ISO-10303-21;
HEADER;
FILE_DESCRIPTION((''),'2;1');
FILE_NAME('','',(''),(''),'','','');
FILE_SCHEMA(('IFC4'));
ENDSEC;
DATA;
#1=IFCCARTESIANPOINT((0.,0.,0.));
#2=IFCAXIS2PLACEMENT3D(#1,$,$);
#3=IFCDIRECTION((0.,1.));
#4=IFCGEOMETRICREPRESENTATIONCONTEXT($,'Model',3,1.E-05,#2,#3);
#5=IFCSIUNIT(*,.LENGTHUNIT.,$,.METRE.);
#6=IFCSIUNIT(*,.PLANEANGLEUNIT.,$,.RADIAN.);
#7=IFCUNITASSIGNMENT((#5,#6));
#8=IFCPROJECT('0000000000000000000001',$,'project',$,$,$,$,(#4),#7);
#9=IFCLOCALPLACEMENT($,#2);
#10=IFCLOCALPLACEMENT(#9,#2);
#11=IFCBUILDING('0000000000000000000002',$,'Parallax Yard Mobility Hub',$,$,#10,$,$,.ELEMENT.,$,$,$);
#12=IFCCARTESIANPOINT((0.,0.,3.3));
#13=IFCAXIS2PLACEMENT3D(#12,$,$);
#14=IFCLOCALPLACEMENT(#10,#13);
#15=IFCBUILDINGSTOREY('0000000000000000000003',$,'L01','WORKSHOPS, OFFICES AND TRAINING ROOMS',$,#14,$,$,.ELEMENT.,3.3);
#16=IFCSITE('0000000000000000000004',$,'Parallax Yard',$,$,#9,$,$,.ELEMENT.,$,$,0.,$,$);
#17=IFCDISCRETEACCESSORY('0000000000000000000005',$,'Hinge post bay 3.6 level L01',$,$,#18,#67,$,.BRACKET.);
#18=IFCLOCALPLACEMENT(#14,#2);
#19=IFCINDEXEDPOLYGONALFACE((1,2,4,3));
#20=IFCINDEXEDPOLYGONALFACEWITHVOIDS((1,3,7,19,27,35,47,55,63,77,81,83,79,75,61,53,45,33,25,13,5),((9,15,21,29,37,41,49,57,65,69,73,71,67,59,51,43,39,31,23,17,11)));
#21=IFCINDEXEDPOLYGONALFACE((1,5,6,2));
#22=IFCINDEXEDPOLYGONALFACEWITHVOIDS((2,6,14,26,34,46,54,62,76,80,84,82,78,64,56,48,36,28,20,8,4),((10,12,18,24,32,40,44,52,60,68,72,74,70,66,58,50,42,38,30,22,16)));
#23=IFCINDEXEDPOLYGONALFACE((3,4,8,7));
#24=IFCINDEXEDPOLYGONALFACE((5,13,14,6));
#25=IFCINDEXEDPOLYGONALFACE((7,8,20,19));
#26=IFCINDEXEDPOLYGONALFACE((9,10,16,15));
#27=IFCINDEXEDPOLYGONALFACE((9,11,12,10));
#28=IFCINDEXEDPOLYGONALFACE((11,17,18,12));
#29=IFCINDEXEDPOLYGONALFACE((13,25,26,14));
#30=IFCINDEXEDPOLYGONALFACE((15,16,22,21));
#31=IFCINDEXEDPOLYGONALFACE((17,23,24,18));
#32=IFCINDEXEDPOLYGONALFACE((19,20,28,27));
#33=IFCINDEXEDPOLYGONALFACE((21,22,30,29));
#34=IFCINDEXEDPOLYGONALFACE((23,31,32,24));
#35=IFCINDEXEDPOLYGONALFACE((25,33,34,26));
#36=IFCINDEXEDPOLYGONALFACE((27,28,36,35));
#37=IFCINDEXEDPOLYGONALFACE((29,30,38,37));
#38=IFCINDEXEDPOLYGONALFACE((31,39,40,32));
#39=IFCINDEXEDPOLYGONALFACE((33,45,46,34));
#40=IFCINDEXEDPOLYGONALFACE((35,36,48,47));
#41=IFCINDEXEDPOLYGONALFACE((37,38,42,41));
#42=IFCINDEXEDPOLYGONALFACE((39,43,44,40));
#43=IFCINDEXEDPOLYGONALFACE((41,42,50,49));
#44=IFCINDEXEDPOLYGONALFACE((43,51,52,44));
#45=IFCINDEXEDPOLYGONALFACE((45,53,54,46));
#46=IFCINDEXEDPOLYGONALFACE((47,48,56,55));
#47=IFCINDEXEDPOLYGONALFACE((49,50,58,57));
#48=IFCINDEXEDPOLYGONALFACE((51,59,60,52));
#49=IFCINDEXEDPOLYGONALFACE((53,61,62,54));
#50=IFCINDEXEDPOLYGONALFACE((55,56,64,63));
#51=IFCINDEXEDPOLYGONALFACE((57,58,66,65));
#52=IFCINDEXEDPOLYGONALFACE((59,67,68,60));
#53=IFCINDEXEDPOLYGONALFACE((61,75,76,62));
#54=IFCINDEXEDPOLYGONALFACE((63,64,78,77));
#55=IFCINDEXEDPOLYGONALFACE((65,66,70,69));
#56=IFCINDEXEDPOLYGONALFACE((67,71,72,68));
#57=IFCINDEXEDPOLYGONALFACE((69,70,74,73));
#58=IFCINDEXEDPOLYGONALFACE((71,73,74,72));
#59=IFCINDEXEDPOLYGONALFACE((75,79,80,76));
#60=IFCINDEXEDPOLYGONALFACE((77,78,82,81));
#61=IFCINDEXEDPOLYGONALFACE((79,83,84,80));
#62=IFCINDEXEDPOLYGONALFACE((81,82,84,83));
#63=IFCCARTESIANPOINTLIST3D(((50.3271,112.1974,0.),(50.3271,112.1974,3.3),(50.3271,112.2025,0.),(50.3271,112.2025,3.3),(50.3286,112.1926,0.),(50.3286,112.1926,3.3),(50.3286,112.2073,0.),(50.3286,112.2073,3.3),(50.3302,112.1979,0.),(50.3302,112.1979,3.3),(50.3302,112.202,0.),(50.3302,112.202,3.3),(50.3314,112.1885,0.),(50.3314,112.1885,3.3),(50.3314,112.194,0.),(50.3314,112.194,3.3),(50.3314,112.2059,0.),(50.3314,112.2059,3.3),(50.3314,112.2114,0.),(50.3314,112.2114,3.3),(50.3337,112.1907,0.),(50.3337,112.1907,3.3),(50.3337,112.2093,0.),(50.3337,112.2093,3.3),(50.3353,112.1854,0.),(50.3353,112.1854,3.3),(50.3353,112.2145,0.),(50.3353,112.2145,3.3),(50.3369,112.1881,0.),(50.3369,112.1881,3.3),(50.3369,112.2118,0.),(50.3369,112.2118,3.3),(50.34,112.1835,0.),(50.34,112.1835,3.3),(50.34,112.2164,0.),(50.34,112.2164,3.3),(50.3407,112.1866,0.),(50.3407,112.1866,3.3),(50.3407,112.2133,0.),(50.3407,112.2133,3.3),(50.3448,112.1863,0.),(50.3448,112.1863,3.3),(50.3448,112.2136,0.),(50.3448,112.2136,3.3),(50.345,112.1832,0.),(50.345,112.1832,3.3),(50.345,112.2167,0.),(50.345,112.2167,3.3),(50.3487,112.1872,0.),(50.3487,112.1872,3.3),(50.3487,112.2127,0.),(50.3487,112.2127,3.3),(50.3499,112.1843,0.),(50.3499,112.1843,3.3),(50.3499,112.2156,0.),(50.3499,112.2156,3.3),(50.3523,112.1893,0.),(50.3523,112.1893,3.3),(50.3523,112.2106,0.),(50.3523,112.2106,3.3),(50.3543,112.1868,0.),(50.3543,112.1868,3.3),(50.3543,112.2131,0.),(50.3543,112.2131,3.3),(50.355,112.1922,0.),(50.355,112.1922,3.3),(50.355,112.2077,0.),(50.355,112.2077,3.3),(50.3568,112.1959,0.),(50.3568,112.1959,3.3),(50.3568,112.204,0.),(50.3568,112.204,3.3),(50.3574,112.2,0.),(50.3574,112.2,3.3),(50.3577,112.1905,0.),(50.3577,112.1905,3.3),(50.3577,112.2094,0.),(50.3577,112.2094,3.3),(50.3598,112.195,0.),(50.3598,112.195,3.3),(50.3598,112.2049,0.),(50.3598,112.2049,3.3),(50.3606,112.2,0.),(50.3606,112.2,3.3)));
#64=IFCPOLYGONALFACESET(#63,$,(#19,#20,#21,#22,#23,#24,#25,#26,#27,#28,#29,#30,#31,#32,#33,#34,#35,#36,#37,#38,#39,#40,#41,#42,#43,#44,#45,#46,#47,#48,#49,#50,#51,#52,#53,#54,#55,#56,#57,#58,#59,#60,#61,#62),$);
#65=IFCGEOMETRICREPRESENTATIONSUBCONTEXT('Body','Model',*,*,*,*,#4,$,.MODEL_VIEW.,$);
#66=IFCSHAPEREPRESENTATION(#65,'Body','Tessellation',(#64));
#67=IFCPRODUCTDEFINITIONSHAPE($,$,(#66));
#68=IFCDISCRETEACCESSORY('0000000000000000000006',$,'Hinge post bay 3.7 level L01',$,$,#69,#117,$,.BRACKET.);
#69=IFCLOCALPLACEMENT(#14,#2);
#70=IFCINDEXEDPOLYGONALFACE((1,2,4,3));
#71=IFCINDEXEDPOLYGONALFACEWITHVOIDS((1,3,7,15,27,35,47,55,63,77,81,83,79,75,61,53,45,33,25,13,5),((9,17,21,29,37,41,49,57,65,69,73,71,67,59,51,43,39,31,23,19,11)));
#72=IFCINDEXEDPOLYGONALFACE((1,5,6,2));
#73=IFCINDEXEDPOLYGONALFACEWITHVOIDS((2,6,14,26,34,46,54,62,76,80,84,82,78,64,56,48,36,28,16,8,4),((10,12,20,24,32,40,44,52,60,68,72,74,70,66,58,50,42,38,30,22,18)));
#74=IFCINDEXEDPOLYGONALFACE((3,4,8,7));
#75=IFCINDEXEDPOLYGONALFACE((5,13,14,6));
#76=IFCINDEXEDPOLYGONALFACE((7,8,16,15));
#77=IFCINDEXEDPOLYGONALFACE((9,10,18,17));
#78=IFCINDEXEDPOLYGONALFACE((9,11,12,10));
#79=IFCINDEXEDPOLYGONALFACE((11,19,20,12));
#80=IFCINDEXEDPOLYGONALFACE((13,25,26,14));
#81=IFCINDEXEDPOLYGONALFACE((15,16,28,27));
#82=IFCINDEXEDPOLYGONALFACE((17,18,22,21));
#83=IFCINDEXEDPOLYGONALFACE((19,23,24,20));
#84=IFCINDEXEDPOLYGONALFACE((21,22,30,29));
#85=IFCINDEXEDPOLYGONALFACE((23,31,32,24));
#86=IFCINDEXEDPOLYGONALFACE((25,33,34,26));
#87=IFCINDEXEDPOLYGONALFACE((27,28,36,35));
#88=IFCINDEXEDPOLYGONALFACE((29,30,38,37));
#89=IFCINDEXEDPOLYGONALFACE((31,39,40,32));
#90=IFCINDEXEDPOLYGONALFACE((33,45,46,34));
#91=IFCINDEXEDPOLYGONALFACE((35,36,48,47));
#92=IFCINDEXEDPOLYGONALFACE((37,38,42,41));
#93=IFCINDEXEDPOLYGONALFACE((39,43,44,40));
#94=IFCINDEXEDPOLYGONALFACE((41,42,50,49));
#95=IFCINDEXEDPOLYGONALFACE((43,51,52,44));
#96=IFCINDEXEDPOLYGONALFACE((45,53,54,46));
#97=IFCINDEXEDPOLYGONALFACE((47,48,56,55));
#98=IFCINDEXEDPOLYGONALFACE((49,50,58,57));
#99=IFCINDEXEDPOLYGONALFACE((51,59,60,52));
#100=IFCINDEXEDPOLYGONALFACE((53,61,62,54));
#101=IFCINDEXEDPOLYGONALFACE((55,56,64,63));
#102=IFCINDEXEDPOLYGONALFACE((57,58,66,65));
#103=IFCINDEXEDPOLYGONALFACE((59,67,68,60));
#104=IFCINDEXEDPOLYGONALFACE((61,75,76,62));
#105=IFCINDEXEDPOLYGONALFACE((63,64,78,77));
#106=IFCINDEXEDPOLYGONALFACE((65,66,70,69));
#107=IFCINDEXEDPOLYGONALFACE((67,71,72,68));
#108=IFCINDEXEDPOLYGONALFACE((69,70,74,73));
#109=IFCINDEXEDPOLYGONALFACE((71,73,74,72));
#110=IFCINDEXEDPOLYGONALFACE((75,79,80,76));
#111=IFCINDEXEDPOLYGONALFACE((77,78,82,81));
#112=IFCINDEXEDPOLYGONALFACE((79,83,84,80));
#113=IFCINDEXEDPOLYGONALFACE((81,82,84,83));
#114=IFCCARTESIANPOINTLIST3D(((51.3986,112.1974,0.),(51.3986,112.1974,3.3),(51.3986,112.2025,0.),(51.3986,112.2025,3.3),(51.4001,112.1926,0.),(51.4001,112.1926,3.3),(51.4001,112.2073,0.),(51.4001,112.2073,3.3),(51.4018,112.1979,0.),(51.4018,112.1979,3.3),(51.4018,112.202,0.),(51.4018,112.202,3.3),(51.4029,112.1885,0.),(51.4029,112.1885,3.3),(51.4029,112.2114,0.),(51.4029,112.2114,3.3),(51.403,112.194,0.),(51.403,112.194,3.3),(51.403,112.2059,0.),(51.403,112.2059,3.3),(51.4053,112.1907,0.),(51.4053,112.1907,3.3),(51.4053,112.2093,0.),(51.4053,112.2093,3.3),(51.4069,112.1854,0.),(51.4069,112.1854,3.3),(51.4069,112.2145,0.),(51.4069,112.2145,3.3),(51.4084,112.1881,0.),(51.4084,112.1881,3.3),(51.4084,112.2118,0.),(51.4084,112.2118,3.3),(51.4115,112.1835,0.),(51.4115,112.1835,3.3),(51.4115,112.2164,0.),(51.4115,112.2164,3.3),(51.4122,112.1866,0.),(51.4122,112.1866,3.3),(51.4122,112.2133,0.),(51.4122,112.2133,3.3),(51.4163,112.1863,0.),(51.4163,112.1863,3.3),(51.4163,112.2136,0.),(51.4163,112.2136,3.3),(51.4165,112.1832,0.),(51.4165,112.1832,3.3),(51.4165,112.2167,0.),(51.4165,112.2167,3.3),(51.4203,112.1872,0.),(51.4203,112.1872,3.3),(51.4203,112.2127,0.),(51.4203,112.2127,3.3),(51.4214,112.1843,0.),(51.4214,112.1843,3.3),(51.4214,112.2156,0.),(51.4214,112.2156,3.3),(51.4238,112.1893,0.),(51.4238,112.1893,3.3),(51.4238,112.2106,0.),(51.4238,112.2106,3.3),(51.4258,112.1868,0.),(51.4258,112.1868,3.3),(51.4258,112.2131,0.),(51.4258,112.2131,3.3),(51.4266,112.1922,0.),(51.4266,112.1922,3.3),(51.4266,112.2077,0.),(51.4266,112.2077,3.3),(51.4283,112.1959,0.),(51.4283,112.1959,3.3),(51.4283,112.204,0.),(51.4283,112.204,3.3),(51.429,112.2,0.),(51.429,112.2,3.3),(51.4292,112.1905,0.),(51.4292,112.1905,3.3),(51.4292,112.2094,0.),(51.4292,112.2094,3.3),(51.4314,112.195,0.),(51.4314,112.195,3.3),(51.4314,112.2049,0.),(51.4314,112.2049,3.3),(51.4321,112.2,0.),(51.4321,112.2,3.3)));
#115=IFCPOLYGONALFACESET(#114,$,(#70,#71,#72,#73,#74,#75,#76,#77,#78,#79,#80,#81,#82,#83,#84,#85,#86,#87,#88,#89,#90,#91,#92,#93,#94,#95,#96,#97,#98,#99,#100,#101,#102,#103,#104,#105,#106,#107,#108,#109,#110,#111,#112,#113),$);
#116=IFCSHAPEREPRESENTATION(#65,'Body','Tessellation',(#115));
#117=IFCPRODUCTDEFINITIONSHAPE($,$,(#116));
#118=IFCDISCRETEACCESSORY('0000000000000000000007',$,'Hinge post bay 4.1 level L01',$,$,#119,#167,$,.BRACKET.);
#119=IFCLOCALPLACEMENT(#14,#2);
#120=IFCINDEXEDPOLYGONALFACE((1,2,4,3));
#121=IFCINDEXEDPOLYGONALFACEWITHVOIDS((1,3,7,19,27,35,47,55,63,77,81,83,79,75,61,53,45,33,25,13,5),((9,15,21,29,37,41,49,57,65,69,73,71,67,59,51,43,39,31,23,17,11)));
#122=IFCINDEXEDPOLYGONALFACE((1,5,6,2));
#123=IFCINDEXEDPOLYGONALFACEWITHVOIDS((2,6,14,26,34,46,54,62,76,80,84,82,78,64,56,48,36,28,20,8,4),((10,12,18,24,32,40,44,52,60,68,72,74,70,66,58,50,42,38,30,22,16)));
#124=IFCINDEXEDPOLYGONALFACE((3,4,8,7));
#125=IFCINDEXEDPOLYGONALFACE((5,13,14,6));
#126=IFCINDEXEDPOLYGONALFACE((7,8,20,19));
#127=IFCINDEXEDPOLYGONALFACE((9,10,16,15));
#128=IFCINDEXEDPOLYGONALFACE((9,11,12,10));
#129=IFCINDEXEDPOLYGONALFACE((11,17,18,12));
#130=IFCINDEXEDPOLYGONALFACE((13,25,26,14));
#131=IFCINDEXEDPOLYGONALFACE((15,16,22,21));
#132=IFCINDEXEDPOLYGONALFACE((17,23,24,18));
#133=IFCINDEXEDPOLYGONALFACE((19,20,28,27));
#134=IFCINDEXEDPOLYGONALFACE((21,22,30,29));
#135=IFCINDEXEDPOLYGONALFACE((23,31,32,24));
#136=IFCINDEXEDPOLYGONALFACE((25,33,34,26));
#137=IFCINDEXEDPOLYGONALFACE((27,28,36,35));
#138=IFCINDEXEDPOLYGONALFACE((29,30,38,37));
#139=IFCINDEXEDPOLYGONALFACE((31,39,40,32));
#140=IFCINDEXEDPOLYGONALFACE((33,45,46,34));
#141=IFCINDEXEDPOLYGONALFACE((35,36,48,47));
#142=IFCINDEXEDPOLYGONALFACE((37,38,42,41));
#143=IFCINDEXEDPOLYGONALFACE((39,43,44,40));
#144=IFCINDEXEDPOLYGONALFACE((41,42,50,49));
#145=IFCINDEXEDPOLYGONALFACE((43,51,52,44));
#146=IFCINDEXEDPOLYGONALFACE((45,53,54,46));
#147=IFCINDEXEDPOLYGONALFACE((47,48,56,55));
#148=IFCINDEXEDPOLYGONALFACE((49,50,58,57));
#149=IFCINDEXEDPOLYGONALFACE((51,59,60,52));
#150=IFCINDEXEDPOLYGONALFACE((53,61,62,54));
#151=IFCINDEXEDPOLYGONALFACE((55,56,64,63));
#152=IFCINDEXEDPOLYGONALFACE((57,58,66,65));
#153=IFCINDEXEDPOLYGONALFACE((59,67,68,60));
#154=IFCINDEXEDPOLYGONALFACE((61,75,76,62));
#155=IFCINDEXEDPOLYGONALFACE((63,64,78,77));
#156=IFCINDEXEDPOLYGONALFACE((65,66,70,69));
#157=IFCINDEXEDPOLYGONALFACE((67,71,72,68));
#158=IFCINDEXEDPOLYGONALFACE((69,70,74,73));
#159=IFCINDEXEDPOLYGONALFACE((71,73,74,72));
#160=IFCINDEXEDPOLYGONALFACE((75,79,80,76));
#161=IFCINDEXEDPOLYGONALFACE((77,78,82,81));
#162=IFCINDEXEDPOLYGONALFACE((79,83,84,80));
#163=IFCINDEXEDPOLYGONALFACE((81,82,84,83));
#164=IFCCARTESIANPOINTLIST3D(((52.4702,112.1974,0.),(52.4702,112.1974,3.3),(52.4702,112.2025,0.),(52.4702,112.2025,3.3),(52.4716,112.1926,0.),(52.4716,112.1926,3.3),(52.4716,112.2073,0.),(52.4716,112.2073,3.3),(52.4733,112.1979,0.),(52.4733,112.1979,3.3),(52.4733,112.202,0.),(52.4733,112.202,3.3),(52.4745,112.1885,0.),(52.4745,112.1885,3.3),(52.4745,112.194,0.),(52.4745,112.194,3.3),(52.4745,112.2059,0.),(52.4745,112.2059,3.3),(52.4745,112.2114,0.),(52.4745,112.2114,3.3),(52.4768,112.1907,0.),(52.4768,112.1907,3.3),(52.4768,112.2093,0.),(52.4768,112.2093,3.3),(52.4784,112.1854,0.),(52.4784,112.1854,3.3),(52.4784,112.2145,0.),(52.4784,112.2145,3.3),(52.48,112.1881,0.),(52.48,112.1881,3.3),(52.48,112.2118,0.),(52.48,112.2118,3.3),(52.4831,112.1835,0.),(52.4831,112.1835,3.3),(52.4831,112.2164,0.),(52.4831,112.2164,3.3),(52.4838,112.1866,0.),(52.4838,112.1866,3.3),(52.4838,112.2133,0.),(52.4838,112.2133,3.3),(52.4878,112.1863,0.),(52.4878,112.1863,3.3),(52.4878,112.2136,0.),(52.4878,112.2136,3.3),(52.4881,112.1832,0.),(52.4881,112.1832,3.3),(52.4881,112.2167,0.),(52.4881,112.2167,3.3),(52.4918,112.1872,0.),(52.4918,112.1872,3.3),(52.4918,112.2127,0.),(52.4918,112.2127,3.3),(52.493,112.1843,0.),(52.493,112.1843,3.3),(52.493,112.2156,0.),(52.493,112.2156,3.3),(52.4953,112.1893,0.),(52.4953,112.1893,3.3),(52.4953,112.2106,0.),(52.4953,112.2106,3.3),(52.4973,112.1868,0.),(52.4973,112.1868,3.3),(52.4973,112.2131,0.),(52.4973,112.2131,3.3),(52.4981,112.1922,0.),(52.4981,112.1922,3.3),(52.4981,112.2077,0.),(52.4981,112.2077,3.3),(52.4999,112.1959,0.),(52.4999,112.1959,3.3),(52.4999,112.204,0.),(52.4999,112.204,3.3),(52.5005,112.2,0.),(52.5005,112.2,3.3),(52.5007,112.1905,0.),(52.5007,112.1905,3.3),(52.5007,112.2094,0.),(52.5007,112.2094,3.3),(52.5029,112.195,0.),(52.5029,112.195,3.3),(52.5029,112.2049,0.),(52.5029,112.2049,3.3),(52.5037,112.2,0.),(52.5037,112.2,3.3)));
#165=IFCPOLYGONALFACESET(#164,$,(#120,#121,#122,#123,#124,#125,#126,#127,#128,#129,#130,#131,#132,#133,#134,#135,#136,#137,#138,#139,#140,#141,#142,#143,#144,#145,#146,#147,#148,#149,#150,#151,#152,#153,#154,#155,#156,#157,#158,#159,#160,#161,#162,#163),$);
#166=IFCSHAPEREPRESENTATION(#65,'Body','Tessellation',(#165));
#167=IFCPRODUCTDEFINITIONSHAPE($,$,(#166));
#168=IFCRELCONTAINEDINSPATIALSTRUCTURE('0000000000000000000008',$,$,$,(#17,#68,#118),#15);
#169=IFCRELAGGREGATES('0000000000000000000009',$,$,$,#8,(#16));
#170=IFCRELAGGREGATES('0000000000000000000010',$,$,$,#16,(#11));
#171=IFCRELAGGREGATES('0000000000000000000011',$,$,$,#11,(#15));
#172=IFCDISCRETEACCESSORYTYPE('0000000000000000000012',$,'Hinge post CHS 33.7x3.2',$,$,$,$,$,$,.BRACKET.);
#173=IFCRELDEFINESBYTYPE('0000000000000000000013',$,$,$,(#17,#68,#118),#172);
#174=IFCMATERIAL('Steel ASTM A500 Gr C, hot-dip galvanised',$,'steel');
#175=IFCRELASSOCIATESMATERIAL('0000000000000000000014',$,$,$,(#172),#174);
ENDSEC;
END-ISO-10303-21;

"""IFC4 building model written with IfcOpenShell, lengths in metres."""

from ifc_helpers import new_model, si_unit, direction, frame, origin, origin_2d, place, context, subcontext, project, spatial, hollow_circle, extrude, material, material_profile, profile_set, type_object, element, save


model = new_model("IFC4")

# Units and contexts
model_context = context("Model", 3, precision=1e-05, world=origin(), true_north=direction((0.0, 1.0)))
body_context = subcontext(model_context, "Body", "Model", "MODEL_VIEW")
ifc_project = project(units=[si_unit("LENGTHUNIT", "METRE"), si_unit("PLANEANGLEUNIT", "RADIAN")], contexts=[model_context])

# Site, building, storey
site_placement = place(None, origin())
site = spatial("IfcSite", under=ifc_project, at=site_placement, Name="Parallax Yard", CompositionType="ELEMENT", RefElevation=0.0)
building_placement = place(site_placement, origin())
building = spatial("IfcBuilding", under=site, at=building_placement, Name="Parallax Yard Mobility Hub", CompositionType="ELEMENT")
storey_placement = place(building_placement, frame((0.0, 0.0, 3.3)))
storey = spatial("IfcBuildingStorey", under=building, at=storey_placement, Name="L01", Description="WORKSHOPS, OFFICES AND TRAINING ROOMS", CompositionType="ELEMENT", Elevation=3.3)

# Discrete accessories
ifc_material_1 = material(Name="Steel ASTM A500 Gr C, hot-dip galvanised", Category="steel")
ifc_material_profile_1 = material_profile(ifc_material_1, hollow_circle(Radius=0.0168, WallThickness=0.0032, at=origin_2d()), Name="CHS 33.7x3.2")
ifc_profile_set_1 = profile_set([ifc_material_profile_1], Name="Steel ASTM A500 Gr C, hot-dip galvanised")
discrete_accessory_type_1 = type_object("IfcDiscreteAccessoryType", Name="Hinge post CHS 33.7x3.2", PredefinedType="BRACKET", material=ifc_profile_set_1)
for number, where, z_axis, x_axis, name in (
    (1, (50.3438, 112.2, 0.0), (0.0, 0.0, 1.0), (1.0, 0.0, 0.0), "Hinge post bay 3.6 level L01"),
    (2, (51.4153, 112.2, 0.0), (0.0, 0.0, 1.0), (1.0, 0.0, 0.0), "Hinge post bay 3.7 level L01"),
    (3, (52.4868, 112.2, 0.0), (0.0, 0.0, 1.0), (1.0, 0.0, 0.0), "Hinge post bay 4.1 level L01"),
):
    element("IfcDiscreteAccessory", number, at=place(storey_placement, frame(where, z_axis=z_axis, x_axis=x_axis)), inside=storey, type_object=discrete_accessory_type_1, Name=name, PredefinedType="BRACKET", context=body_context, shape_type="SweptSolid", body=[
        extrude(hollow_circle(Radius=0.0168, WallThickness=0.0032, at=origin_2d()), origin(), (0.0, 0.0, 1.0), 3.3),
    ])

save(model, "model.ifc")
